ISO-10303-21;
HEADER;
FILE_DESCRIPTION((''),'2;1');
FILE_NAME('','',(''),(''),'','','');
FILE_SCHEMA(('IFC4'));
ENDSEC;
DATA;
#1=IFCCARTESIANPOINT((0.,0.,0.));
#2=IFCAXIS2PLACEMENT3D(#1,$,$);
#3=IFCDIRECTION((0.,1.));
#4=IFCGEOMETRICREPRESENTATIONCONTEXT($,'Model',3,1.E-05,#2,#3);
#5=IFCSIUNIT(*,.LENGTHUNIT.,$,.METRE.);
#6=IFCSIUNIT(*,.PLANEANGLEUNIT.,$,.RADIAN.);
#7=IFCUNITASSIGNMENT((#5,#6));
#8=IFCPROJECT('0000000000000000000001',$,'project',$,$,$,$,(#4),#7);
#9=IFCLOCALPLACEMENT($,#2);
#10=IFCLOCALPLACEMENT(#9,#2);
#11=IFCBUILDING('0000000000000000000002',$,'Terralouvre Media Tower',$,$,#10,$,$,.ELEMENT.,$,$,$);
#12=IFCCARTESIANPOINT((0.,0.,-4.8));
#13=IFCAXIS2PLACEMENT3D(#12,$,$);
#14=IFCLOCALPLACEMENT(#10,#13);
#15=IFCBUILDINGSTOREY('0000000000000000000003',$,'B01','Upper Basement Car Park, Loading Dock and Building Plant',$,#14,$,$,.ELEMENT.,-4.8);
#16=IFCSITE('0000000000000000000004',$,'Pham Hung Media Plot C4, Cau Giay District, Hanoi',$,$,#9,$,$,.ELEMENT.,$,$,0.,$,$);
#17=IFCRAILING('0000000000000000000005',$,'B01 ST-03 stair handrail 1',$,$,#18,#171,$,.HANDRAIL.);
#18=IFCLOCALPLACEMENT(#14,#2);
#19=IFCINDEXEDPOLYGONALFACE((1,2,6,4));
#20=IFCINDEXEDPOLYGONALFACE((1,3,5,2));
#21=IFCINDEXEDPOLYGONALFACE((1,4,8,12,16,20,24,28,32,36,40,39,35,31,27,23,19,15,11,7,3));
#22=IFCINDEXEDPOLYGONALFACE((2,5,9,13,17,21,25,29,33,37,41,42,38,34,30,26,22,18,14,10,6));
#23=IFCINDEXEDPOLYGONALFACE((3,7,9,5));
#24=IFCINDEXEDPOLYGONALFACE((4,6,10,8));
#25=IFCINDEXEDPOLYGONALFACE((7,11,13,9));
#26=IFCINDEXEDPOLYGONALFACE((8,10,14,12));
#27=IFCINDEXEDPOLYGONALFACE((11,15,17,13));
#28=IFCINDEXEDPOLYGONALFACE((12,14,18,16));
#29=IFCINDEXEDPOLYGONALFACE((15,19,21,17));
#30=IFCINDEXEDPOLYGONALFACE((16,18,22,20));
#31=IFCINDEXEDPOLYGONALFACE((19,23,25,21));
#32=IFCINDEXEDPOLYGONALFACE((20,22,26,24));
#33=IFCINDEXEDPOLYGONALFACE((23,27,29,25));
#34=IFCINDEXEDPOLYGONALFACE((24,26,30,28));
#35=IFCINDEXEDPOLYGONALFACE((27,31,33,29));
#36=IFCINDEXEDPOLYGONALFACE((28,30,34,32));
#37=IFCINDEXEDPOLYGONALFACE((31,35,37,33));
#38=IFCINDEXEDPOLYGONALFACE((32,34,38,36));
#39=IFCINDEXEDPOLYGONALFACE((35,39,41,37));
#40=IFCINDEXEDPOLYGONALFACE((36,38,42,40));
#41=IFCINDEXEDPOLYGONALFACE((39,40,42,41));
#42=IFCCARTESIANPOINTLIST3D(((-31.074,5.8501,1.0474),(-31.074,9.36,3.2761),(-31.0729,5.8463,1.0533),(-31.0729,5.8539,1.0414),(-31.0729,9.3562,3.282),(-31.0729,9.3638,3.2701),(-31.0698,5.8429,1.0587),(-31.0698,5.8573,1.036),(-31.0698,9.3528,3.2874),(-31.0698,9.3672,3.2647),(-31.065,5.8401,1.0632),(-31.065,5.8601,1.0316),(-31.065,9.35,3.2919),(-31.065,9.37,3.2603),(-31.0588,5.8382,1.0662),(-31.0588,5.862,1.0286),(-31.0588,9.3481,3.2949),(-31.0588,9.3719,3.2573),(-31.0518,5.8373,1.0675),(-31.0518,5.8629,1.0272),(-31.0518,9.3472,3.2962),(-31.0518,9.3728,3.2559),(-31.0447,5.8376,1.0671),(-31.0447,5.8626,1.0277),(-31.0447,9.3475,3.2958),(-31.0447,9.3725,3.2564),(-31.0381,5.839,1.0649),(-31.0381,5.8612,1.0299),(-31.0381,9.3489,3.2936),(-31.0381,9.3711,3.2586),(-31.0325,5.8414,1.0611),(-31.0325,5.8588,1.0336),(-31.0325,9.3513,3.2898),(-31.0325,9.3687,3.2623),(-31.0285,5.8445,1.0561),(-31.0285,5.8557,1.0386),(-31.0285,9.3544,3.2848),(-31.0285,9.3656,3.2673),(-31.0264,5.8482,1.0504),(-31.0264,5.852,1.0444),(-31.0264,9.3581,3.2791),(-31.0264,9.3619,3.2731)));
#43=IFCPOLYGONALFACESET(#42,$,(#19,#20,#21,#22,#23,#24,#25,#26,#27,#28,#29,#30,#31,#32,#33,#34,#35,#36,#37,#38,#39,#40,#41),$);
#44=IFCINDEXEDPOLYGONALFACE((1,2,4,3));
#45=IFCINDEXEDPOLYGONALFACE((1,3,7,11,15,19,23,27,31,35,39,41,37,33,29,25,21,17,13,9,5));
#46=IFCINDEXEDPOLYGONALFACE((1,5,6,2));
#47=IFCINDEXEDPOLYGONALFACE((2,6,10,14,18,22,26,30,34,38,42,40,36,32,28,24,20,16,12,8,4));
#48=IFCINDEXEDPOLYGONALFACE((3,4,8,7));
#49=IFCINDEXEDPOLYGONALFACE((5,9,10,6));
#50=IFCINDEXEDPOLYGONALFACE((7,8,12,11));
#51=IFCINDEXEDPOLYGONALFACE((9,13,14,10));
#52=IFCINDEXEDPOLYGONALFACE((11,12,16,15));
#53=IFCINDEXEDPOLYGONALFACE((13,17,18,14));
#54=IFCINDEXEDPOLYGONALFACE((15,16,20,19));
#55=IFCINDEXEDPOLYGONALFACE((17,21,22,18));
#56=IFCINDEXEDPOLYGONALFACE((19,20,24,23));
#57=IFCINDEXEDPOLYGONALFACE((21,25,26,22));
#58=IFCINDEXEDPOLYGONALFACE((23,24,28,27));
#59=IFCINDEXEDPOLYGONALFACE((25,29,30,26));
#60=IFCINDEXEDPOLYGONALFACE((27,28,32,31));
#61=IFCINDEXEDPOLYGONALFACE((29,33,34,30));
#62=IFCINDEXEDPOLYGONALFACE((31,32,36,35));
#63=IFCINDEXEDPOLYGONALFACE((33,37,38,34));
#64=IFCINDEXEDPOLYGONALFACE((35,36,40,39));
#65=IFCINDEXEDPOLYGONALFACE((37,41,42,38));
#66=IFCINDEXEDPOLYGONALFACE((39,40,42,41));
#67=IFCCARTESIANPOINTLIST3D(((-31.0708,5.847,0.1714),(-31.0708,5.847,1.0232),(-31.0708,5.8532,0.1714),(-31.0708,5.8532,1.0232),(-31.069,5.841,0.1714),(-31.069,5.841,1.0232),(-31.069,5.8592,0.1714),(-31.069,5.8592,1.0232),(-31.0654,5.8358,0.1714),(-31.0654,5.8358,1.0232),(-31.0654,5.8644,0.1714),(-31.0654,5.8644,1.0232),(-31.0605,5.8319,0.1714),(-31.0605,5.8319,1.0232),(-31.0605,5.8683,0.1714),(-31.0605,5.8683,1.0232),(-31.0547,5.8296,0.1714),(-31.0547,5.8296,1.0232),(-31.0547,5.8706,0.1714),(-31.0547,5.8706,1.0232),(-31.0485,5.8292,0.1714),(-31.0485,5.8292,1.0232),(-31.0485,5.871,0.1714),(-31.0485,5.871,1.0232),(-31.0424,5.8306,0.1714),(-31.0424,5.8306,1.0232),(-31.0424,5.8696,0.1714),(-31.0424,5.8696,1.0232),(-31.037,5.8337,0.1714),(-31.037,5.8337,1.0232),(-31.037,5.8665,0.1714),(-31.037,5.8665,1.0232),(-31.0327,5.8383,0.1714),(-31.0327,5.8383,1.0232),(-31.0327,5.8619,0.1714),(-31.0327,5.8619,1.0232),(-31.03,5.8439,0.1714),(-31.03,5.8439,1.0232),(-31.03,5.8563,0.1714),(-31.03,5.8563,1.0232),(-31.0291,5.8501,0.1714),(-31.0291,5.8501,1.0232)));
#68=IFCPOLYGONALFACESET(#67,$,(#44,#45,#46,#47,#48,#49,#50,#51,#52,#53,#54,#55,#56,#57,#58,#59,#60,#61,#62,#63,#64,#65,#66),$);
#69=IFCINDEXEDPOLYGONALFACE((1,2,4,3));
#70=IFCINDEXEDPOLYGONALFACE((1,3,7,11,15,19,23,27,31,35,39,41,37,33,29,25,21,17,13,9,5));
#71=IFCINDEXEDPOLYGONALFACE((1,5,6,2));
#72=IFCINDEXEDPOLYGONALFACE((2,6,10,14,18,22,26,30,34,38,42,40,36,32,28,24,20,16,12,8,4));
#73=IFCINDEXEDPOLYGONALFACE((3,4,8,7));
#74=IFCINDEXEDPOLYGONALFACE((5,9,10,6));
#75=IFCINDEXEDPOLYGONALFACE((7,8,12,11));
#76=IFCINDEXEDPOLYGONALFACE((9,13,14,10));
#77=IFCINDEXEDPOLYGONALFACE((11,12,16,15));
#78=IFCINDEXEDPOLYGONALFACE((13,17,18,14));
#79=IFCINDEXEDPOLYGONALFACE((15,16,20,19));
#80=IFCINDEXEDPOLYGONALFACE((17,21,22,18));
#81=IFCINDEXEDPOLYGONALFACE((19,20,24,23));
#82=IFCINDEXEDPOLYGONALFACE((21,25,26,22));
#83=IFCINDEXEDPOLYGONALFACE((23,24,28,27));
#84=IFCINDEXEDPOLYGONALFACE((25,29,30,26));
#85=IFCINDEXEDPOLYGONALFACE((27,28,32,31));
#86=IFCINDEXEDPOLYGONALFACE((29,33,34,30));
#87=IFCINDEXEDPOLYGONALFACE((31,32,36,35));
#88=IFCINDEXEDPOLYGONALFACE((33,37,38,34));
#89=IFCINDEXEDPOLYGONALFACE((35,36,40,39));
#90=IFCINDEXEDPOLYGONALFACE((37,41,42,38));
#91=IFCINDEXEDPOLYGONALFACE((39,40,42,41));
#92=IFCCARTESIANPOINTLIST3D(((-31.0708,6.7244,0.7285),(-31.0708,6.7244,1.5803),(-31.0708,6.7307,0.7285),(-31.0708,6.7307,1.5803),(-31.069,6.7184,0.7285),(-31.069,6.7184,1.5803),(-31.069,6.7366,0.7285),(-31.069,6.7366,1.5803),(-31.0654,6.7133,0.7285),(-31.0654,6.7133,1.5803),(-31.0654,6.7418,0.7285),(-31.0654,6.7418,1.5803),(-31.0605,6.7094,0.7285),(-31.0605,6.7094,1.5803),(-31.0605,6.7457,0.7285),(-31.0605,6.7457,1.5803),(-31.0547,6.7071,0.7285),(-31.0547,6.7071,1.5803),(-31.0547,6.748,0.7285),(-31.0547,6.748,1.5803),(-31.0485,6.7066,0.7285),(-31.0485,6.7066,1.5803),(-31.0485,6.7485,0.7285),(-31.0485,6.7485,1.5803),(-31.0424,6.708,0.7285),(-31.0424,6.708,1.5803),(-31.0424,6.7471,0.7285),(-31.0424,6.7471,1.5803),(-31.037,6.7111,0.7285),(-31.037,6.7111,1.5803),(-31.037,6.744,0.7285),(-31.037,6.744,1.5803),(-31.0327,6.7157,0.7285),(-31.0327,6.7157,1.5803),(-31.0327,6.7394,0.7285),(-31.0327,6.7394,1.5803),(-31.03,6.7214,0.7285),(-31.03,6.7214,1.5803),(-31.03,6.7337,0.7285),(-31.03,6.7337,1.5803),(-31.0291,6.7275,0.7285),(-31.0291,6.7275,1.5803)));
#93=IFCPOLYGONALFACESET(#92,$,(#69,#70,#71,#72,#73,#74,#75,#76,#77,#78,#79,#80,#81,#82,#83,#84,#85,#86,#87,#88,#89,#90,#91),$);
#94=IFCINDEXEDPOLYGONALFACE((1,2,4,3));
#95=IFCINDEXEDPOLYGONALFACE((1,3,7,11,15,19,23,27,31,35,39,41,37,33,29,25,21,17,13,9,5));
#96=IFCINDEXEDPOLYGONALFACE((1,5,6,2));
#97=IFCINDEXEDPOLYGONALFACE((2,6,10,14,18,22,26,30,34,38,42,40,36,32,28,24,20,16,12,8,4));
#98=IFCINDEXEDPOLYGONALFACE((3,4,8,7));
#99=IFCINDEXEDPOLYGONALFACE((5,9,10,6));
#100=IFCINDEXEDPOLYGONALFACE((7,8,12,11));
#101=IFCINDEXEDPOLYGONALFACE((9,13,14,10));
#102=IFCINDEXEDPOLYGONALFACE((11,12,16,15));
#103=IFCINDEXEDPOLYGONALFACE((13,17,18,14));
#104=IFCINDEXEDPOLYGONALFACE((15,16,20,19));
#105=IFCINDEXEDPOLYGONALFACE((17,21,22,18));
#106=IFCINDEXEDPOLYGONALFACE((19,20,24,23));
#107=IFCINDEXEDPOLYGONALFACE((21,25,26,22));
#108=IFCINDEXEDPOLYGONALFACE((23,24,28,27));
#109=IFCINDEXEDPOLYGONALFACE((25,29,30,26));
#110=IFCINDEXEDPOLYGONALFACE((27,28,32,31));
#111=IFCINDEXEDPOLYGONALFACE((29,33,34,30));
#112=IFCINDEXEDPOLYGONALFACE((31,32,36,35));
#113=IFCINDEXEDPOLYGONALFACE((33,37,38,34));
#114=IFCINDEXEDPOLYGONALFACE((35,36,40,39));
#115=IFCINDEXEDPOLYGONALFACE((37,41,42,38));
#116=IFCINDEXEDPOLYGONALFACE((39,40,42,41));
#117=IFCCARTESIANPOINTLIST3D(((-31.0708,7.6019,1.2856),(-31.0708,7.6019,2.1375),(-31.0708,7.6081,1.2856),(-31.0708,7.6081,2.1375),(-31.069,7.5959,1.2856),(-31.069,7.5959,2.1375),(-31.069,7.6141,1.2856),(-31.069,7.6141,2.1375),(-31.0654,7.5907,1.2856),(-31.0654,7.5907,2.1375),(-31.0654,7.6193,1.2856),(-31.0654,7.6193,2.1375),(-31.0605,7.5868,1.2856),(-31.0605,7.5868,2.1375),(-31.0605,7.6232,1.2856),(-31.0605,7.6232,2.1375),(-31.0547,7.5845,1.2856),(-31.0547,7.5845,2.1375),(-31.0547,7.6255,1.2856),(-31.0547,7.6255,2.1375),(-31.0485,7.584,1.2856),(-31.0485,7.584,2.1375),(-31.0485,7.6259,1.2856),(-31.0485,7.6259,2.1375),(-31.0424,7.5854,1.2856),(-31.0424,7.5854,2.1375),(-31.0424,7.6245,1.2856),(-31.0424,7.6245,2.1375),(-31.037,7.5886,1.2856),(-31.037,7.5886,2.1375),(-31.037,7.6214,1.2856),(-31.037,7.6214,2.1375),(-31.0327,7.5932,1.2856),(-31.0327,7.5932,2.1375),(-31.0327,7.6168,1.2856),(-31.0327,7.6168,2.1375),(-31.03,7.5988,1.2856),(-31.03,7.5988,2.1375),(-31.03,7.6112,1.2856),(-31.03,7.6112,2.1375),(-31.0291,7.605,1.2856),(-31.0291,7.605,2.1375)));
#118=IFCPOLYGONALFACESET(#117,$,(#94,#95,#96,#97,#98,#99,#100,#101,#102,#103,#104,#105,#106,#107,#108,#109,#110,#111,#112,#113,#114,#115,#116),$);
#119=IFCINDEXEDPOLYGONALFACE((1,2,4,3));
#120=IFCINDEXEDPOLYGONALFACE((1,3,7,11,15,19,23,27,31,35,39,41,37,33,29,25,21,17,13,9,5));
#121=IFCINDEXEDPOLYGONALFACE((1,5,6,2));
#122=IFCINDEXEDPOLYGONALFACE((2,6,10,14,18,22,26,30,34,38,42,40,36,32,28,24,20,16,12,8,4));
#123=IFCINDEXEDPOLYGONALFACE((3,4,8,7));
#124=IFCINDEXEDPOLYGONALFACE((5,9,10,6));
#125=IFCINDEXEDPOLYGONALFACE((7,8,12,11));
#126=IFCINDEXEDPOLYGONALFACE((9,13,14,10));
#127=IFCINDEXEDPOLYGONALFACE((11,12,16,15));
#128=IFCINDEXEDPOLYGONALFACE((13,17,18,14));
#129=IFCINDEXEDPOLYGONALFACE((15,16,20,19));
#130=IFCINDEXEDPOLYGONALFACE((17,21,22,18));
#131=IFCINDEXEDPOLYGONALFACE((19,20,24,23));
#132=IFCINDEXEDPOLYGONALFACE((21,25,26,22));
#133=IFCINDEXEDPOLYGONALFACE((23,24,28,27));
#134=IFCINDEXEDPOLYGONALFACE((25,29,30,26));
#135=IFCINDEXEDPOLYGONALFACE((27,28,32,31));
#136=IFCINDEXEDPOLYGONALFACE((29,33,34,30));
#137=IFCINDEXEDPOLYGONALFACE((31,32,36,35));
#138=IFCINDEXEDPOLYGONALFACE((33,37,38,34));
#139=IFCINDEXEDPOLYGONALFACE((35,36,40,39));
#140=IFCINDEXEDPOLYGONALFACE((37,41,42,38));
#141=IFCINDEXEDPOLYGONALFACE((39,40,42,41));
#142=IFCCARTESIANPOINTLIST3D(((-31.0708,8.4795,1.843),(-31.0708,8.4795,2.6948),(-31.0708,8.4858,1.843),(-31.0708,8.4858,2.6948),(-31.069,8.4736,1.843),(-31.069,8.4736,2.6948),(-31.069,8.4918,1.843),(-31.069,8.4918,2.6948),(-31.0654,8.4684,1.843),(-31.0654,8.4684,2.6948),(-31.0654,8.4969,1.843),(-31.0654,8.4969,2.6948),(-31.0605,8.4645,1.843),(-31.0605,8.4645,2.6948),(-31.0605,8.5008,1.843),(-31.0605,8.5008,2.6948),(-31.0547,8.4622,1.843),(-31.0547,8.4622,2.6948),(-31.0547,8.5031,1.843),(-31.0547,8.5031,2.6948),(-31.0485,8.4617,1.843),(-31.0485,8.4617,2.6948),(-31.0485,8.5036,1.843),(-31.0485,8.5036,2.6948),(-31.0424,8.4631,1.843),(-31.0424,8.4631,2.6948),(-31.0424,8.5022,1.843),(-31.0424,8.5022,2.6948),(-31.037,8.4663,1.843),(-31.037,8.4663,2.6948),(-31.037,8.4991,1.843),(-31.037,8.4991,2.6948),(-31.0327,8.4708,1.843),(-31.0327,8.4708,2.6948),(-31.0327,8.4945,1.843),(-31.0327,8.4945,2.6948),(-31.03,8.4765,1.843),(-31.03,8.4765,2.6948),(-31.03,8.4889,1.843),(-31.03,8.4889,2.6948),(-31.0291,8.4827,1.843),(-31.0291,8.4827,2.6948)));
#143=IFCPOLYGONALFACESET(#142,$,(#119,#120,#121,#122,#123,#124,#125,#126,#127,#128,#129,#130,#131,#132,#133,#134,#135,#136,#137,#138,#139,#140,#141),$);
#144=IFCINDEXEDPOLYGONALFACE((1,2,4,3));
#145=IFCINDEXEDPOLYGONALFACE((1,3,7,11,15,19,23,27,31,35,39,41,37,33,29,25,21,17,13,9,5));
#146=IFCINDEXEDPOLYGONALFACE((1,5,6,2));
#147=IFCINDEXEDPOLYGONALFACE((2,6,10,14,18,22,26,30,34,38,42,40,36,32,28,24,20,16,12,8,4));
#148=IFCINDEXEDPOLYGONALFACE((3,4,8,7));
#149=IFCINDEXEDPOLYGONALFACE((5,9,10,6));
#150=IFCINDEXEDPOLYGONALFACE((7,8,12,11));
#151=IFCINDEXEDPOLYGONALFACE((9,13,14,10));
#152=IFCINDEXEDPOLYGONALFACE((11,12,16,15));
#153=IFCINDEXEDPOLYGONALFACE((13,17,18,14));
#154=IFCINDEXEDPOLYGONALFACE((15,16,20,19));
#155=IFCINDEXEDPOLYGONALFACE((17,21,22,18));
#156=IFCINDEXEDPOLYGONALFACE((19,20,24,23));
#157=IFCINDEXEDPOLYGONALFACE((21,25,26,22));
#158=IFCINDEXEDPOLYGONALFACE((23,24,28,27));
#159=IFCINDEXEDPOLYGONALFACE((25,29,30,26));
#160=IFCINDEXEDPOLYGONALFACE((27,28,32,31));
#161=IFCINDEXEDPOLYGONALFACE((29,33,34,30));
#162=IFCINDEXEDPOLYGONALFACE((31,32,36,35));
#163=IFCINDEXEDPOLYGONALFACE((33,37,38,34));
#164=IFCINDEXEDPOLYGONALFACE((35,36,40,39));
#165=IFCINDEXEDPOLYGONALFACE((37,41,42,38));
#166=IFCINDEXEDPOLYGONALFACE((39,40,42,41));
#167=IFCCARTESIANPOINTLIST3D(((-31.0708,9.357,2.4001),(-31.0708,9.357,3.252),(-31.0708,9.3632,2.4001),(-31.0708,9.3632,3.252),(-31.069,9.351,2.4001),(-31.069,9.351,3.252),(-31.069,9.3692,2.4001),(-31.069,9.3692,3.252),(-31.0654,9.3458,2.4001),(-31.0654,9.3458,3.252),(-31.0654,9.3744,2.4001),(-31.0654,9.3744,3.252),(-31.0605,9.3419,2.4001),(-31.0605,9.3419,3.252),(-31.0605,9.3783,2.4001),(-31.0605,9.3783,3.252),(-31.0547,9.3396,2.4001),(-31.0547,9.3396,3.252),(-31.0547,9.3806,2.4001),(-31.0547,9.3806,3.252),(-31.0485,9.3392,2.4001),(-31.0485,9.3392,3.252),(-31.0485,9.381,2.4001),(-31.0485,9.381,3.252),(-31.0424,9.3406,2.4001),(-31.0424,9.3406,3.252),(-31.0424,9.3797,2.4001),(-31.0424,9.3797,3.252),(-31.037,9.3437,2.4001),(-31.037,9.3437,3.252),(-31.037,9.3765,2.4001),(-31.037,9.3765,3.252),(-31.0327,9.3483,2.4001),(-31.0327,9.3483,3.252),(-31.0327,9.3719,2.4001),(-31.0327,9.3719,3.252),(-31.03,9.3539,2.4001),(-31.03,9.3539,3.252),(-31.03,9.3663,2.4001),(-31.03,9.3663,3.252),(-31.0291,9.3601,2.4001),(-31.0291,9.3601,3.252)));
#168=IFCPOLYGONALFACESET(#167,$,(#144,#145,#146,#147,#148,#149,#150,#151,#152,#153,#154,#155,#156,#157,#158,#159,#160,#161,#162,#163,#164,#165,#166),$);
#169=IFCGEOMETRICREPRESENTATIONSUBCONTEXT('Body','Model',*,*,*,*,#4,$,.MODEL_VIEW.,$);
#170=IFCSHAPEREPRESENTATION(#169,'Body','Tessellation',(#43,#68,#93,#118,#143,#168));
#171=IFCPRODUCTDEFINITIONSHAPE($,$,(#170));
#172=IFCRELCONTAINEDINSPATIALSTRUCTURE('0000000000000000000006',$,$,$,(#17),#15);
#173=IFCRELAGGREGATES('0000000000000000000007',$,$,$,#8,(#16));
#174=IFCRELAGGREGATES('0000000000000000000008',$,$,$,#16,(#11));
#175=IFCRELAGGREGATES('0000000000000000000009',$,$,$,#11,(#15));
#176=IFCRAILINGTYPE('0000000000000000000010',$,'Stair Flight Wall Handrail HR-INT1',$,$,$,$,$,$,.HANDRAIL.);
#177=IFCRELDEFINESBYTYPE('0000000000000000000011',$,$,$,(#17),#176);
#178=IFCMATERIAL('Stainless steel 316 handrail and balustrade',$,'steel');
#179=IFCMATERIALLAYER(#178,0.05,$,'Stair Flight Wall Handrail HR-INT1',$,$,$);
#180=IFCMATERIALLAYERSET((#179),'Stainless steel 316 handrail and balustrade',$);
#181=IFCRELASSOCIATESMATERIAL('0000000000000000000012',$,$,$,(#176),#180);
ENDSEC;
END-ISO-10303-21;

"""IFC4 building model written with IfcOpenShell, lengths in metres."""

from ifc_helpers import new_model, si_unit, direction, frame, origin, origin_2d, place, context, subcontext, project, spatial, circle, extrude, material, layer, layer_set, type_object, element, save


model = new_model("IFC4")

# Units and contexts
model_context = context("Model", 3, precision=1e-05, world=origin(), true_north=direction((0.0, 1.0)))
body_context = subcontext(model_context, "Body", "Model", "MODEL_VIEW")
ifc_project = project(units=[si_unit("LENGTHUNIT", "METRE"), si_unit("PLANEANGLEUNIT", "RADIAN")], contexts=[model_context])

# Site, building, storey
site_placement = place(None, origin())
site = spatial("IfcSite", under=ifc_project, at=site_placement, Name="Pham Hung Media Plot C4, Cau Giay District, Hanoi", CompositionType="ELEMENT", RefElevation=0.0)
building_placement = place(site_placement, origin())
building = spatial("IfcBuilding", under=site, at=building_placement, Name="Terralouvre Media Tower", CompositionType="ELEMENT")
storey_placement = place(building_placement, frame((0.0, 0.0, -4.8)))
storey = spatial("IfcBuildingStorey", under=building, at=storey_placement, Name="B01", Description="Upper Basement Car Park, Loading Dock and Building Plant", CompositionType="ELEMENT", Elevation=-4.8)

# Railing
ifc_material_1 = material(Name="Stainless steel 316 handrail and balustrade", Category="steel")
ifc_layer_1 = layer(ifc_material_1, 0.05, Name="Stair Flight Wall Handrail HR-INT1")
ifc_layer_set_1 = layer_set([ifc_layer_1], Name="Stainless steel 316 handrail and balustrade")
railing_type_1 = type_object("IfcRailingType", Name="Stair Flight Wall Handrail HR-INT1", PredefinedType="HANDRAIL", material=ifc_layer_set_1)
railing_1_placement = place(storey_placement, frame((-31.05, 5.8501, 0.1714)))
element("IfcRailing", 1, at=railing_1_placement, inside=storey, type_object=railing_type_1, Name="B01 ST-03 stair handrail 1", PredefinedType="HANDRAIL", context=body_context, shape_type="SweptSolid", body=[
    extrude(circle(Radius=0.0239, at=origin_2d()), frame((0.0, 0.0, 0.876), z_axis=(0.0, 0.844193, 0.536039), x_axis=(-1.0, 0.0, 0.0)), (0.0, 0.0, 1.0), 4.1577),
    extrude(circle(Radius=0.021, at=origin_2d()), origin(), (0.0, 0.0, 1.0), 0.8518),
    extrude(circle(Radius=0.021, at=origin_2d()), frame((0.0, 0.8774, 0.5571)), (0.0, 0.0, 1.0), 0.8518),
    extrude(circle(Radius=0.021, at=origin_2d()), frame((0.0, 1.7549, 1.1143)), (0.0, 0.0, 1.0), 0.8518),
    extrude(circle(Radius=0.021, at=origin_2d()), frame((0.0, 2.6326, 1.6716)), (0.0, 0.0, 1.0), 0.8518),
    extrude(circle(Radius=0.021, at=origin_2d()), frame((0.0, 3.51, 2.2288)), (0.0, 0.0, 1.0), 0.8518),
])

save(model, "model.ifc")
